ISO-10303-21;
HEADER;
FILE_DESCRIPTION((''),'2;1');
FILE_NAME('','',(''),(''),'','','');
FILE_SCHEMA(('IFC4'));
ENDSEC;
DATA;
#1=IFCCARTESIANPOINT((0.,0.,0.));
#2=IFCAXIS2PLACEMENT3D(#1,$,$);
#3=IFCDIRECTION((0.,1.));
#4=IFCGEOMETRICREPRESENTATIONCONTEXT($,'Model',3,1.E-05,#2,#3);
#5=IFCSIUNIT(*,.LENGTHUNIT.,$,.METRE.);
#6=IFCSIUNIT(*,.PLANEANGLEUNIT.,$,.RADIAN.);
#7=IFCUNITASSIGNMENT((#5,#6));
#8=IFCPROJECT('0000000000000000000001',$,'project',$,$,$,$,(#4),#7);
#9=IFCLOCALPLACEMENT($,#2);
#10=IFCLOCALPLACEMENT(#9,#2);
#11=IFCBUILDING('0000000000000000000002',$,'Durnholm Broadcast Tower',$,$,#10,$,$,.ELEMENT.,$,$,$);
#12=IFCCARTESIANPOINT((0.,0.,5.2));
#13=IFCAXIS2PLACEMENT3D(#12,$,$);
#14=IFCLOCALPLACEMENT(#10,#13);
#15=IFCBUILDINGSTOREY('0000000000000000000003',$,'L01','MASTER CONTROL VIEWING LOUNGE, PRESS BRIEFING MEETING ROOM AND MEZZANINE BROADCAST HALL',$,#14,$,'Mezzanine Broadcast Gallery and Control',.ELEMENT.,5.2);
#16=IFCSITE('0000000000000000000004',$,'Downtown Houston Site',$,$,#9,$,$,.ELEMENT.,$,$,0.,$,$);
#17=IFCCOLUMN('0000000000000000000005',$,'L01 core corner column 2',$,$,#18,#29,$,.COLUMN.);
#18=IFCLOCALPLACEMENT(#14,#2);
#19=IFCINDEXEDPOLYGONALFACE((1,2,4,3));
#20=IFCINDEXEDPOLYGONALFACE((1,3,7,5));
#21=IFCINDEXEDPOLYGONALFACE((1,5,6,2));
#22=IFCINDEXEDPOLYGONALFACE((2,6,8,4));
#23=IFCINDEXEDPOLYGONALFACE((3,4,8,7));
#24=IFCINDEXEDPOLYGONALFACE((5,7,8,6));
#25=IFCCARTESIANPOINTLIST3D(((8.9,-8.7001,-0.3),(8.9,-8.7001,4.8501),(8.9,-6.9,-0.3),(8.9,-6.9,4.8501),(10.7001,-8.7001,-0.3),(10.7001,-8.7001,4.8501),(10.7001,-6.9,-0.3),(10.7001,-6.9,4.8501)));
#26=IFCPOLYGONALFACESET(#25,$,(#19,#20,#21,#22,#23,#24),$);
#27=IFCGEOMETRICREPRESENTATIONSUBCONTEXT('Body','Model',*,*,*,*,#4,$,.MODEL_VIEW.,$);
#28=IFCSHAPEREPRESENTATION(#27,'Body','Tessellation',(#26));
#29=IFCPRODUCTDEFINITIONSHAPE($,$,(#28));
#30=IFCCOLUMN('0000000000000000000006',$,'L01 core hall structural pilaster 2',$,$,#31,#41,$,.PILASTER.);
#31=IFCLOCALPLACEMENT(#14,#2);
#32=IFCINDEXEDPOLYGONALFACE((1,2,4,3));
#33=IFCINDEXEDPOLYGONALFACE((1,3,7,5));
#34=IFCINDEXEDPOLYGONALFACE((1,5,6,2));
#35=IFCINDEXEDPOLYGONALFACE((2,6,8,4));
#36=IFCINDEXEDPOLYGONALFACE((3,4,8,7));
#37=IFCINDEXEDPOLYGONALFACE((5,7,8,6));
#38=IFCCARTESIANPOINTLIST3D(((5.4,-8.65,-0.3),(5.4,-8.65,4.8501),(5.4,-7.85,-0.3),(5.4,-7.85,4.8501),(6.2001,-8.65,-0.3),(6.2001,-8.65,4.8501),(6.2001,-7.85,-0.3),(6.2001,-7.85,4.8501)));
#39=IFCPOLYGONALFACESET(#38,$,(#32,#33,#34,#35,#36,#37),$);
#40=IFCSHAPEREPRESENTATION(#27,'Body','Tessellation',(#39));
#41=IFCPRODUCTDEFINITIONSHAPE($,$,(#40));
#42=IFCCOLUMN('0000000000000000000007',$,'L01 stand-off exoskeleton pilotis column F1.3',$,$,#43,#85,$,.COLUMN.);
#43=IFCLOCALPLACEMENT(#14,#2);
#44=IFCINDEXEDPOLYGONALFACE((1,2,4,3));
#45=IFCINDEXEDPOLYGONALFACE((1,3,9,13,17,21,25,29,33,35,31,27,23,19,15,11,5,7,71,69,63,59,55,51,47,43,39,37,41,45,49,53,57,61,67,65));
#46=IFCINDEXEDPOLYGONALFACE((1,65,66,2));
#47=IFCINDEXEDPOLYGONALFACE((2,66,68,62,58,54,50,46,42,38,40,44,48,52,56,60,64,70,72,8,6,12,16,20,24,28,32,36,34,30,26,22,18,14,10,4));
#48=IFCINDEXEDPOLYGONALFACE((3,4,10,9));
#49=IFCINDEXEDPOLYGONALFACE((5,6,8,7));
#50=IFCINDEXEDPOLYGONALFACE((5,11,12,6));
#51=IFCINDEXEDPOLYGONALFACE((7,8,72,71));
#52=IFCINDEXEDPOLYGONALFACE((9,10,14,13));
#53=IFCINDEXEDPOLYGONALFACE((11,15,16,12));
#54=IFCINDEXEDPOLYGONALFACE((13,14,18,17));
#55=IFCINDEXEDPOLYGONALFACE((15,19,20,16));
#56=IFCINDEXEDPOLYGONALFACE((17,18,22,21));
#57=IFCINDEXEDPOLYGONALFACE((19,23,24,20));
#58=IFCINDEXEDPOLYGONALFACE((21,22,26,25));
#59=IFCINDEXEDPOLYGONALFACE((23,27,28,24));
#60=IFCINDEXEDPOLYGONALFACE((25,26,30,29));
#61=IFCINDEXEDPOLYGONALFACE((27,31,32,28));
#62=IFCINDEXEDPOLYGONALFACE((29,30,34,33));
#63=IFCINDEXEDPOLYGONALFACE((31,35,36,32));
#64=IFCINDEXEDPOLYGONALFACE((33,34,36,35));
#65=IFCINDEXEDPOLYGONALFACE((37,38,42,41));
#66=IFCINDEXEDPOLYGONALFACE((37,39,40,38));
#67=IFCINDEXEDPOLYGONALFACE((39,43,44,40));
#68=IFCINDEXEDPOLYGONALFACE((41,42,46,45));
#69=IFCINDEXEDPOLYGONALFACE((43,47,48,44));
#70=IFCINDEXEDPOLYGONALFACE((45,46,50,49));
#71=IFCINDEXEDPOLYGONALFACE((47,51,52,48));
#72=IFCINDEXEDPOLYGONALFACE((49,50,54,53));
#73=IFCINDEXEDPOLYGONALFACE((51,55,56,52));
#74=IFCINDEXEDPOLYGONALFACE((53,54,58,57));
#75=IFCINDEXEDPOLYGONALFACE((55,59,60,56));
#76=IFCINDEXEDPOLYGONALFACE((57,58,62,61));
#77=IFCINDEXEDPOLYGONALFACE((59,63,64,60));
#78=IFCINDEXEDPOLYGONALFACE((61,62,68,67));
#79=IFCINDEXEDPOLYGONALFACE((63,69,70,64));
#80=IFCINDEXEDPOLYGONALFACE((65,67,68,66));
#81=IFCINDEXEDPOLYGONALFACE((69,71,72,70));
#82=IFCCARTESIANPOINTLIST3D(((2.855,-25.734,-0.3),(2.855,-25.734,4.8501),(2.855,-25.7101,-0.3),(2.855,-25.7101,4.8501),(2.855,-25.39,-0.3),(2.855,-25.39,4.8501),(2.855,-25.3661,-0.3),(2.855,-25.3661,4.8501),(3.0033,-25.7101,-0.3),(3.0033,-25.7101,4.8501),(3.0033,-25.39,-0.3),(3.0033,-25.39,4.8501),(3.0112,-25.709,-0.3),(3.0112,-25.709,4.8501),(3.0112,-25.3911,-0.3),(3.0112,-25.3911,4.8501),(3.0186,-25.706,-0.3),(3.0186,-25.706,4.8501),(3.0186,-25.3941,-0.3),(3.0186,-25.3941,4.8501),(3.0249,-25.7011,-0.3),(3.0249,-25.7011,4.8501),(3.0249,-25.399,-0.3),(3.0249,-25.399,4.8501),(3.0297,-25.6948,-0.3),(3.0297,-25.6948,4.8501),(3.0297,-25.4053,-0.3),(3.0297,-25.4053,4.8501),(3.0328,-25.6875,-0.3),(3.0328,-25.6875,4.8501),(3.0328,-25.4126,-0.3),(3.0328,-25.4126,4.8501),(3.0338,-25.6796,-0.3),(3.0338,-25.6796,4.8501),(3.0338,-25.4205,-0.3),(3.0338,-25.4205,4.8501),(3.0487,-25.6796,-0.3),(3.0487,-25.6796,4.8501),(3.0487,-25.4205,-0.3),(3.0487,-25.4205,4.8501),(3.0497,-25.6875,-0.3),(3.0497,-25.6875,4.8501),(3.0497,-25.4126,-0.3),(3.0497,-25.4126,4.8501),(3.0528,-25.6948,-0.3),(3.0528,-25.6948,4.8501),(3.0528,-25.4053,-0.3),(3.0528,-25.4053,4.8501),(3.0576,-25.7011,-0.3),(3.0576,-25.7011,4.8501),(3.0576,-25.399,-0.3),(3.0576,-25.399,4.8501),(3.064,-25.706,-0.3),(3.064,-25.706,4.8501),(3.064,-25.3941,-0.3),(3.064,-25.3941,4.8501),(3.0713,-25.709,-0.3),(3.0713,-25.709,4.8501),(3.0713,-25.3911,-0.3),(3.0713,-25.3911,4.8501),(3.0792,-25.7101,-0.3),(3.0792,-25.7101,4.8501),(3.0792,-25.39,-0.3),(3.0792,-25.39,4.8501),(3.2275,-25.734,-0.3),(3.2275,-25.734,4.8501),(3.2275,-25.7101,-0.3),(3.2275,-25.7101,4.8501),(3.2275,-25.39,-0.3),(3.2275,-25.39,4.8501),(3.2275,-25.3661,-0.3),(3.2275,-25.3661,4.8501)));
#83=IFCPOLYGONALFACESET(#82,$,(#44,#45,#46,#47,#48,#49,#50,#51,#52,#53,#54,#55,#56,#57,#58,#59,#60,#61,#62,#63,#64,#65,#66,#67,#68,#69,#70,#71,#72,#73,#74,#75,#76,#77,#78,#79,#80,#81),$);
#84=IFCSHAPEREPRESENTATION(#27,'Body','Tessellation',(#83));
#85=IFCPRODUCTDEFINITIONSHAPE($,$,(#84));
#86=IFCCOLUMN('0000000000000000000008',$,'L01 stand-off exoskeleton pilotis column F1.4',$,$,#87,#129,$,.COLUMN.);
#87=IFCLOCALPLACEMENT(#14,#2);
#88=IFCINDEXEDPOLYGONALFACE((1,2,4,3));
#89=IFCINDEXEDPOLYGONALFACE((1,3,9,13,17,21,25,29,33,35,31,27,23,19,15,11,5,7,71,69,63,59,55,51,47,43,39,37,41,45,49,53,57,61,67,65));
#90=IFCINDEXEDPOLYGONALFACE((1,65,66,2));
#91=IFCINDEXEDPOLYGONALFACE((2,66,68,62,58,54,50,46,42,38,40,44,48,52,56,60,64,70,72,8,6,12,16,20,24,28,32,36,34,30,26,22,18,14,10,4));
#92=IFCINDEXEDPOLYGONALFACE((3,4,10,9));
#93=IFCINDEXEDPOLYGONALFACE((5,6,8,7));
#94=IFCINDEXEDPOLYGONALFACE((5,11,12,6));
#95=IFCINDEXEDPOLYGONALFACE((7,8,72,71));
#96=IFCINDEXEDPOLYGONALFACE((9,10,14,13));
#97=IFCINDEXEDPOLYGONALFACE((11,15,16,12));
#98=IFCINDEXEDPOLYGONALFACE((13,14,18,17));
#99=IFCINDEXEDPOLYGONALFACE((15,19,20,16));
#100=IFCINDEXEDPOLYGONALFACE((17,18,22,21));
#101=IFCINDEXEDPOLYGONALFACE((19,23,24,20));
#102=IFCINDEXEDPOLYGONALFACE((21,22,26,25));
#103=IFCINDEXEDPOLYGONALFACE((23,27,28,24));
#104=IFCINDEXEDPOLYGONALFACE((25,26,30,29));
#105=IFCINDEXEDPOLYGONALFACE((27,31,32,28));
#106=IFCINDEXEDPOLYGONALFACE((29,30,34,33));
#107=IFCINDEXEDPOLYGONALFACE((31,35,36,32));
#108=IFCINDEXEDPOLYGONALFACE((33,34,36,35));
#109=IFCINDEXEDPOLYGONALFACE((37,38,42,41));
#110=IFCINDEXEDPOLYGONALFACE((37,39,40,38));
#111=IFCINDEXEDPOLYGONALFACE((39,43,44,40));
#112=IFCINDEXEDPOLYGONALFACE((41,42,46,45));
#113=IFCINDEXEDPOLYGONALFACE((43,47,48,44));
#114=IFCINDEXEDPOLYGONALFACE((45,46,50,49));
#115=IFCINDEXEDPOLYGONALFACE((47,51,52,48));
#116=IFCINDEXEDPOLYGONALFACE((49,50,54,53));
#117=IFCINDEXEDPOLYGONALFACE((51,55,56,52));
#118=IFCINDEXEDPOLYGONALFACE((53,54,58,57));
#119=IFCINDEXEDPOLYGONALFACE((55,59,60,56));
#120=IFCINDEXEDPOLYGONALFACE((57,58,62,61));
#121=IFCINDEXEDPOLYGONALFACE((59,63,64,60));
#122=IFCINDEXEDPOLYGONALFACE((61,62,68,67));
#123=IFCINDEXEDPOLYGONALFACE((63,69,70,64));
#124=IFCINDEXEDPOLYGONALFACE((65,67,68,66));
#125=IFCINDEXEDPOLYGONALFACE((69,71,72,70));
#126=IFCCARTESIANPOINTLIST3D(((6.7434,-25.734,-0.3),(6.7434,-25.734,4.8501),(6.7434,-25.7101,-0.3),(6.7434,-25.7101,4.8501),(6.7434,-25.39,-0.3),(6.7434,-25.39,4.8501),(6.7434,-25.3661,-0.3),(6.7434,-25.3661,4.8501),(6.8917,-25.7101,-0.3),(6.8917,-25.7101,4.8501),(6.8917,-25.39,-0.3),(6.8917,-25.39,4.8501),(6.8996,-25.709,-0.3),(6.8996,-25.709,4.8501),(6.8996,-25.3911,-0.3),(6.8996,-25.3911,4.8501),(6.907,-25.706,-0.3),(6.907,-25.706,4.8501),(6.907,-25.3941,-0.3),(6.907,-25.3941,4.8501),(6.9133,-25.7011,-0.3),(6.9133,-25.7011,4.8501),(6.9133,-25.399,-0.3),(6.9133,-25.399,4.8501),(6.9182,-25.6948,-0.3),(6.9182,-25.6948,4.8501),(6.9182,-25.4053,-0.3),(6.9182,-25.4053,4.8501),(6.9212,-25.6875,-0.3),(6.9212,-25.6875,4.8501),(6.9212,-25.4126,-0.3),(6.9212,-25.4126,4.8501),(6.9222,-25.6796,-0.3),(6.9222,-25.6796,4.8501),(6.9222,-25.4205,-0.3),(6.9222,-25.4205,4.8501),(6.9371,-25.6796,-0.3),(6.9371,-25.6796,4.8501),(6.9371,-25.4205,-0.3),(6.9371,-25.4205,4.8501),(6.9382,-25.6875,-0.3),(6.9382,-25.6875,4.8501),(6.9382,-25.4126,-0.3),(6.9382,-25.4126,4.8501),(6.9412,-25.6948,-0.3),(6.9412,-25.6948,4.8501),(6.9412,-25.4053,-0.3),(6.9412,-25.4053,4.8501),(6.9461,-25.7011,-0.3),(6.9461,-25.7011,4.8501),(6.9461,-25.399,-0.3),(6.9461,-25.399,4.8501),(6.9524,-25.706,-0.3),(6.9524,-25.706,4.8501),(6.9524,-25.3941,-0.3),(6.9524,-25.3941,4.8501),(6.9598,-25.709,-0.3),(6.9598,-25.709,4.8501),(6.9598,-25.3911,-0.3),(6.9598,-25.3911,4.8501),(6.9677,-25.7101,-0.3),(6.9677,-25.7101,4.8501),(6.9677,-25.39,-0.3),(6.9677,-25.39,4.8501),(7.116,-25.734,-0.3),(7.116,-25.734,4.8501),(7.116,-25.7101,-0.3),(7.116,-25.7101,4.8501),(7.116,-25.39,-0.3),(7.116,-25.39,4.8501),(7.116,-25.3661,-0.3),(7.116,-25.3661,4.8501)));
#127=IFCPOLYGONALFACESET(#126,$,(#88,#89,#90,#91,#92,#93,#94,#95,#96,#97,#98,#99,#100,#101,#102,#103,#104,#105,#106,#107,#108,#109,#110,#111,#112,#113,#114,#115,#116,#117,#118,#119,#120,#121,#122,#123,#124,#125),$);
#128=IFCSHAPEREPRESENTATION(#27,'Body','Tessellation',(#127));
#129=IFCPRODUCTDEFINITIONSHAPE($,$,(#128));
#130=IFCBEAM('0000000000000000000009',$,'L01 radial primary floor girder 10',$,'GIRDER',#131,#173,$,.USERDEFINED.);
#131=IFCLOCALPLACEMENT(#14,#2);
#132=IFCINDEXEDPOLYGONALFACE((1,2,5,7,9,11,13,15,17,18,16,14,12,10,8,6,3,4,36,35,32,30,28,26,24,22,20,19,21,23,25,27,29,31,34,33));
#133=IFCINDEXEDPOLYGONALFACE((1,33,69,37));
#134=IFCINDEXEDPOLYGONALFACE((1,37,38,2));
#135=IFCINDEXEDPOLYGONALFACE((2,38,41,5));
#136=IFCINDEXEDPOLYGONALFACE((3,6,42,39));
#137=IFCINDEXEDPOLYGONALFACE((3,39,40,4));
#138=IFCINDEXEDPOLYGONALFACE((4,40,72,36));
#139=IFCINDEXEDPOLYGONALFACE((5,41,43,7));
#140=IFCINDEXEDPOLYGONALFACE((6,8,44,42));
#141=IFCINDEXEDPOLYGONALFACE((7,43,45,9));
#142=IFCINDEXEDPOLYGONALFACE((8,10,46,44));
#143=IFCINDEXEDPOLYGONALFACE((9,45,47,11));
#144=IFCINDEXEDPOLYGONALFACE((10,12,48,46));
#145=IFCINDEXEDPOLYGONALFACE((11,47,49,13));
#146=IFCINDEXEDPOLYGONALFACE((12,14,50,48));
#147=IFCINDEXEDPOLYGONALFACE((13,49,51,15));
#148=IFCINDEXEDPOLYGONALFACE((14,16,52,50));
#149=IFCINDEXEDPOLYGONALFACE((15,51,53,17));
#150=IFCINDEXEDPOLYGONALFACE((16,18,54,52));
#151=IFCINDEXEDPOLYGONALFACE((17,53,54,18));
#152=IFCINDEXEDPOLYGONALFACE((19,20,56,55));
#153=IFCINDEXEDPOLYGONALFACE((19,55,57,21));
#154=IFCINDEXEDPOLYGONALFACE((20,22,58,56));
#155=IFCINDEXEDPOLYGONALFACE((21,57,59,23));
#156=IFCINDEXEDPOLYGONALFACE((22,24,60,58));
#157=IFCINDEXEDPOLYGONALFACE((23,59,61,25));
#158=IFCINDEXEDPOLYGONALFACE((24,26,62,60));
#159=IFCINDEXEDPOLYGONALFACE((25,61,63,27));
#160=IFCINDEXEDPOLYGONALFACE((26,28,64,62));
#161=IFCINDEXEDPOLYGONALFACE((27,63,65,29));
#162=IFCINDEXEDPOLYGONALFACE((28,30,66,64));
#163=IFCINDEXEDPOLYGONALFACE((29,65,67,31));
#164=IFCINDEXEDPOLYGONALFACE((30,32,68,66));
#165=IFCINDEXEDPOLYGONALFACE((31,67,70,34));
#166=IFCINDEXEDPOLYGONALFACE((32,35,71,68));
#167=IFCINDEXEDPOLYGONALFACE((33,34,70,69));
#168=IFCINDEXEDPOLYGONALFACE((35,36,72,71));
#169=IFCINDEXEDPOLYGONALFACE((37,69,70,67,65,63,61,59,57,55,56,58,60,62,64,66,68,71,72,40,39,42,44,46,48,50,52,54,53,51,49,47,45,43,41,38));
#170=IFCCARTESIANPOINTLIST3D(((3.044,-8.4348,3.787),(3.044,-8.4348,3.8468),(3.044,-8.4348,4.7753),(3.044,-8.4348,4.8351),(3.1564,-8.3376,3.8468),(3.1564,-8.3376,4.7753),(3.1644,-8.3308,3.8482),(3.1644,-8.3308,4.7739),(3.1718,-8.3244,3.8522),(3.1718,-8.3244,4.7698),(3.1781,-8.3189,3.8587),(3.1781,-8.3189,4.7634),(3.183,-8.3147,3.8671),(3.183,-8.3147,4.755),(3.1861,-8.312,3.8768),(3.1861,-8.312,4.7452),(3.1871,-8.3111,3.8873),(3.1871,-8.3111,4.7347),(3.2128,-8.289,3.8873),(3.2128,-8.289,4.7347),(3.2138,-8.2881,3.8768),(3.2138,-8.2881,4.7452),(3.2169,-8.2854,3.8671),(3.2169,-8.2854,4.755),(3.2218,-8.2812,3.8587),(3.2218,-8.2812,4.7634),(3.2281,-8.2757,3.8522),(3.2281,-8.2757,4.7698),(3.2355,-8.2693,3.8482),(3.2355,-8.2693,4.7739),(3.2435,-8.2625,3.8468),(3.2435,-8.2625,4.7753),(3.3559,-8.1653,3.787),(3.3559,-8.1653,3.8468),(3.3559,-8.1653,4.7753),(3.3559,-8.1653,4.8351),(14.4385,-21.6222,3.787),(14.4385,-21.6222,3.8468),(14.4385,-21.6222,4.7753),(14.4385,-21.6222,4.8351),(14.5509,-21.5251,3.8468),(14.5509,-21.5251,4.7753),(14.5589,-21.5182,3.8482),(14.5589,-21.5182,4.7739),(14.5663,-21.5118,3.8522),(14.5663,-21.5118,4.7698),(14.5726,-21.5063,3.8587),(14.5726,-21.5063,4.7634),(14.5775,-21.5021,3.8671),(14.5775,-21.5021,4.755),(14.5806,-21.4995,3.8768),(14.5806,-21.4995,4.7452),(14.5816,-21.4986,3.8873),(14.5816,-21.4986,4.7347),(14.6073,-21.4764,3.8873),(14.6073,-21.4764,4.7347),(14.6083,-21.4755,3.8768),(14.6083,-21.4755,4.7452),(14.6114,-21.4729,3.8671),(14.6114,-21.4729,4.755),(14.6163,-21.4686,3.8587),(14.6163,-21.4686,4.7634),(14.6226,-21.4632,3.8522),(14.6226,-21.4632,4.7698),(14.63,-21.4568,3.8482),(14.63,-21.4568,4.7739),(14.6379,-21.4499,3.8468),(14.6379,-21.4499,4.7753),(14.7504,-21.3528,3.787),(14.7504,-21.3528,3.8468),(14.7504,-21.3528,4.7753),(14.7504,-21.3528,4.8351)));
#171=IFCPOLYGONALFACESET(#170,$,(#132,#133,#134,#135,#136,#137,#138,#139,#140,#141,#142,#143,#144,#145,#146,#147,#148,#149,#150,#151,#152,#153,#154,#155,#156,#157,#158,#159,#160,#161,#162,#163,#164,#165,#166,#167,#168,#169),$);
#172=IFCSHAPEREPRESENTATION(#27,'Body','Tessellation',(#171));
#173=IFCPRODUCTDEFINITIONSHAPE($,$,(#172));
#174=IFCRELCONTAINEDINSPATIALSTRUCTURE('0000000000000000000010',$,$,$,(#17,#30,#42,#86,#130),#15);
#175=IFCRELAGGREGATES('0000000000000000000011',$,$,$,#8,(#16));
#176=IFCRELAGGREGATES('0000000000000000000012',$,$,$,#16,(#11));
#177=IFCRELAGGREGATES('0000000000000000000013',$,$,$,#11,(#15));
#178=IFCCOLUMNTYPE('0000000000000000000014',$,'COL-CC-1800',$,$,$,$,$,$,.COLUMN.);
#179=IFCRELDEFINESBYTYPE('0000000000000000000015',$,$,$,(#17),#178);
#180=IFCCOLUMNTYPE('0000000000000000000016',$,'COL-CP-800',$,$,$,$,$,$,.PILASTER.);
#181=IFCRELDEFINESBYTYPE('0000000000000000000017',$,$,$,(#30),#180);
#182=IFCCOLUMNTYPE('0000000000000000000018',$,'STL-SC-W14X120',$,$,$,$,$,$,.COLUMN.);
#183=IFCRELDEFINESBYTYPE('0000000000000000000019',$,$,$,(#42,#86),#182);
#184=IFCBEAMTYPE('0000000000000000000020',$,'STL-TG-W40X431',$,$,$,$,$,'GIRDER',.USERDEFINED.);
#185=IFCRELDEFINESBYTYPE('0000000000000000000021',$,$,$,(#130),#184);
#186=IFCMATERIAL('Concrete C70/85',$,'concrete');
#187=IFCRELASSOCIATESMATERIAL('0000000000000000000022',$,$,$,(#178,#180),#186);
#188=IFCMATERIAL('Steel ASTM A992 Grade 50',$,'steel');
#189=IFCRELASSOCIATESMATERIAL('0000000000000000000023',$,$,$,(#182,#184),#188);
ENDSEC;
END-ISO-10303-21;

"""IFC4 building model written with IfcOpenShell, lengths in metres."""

from ifc_helpers import new_model, si_unit, direction, frame, origin, origin_2d, place, context, subcontext, project, spatial, rectangle, i_section, extrude, source, transform, mapped, material, material_profile, profile_set, type_object, type_shapes, element, save


model = new_model("IFC4")

# Units and contexts
model_context = context("Model", 3, precision=1e-05, world=origin(), true_north=direction((0.0, 1.0)))
body_context = subcontext(model_context, "Body", "Model", "MODEL_VIEW")
ifc_project = project(units=[si_unit("LENGTHUNIT", "METRE"), si_unit("PLANEANGLEUNIT", "RADIAN")], contexts=[model_context])

# Site, building, storey
site_placement = place(None, origin())
site = spatial("IfcSite", under=ifc_project, at=site_placement, Name="Downtown Houston Site", CompositionType="ELEMENT", RefElevation=0.0)
building_placement = place(site_placement, origin())
building = spatial("IfcBuilding", under=site, at=building_placement, Name="Durnholm Broadcast Tower", CompositionType="ELEMENT")
storey_placement = place(building_placement, frame((0.0, 0.0, 5.2)))
storey = spatial("IfcBuildingStorey", under=building, at=storey_placement, Name="L01", Description="MASTER CONTROL VIEWING LOUNGE, PRESS BRIEFING MEETING ROOM AND MEZZANINE BROADCAST HALL", LongName="Mezzanine Broadcast Gallery and Control", CompositionType="ELEMENT", Elevation=5.2)

# Columns
ifc_material_1 = material(Name="Concrete C70/85", Category="concrete")
ifc_material_profile_1 = material_profile(ifc_material_1, rectangle(XDim=1.8, YDim=1.8, at=origin_2d()), Name="RC1800X1800")
ifc_profile_set_1 = profile_set([ifc_material_profile_1], Name="Concrete C70/85")
column_type_1 = type_object("IfcColumnType", Name="COL-CC-1800", PredefinedType="COLUMN", material=ifc_profile_set_1)
shared_shape_1 = source(origin(), body_context, "Body", "SweptSolid", [
    extrude(rectangle(XDim=1.8, YDim=1.8, at=origin_2d()), origin(), (0.0, 0.0, 1.0), 5.1501),
])
type_shapes(column_type_1, [shared_shape_1])
column_1_placement = place(storey_placement, frame((9.8, -7.8, -0.3), z_axis=(0.0, 0.0, 1.0), x_axis=(1.0, 0.0, 0.0)))
element("IfcColumn", 1, at=column_1_placement, inside=storey, type_object=column_type_1, Name="L01 core corner column 2", PredefinedType="COLUMN", context=body_context, shape_type="MappedRepresentation", body=[
    mapped(shared_shape_1, transform((0.0, 0.0, 0.0), x_axis=(1.0, 0.0, 0.0), y_axis=(0.0, 1.0, 0.0), z_axis=(0.0, 0.0, 1.0), scale=1.0)),
])
ifc_material_profile_2 = material_profile(ifc_material_1, rectangle(XDim=0.8, YDim=0.8, at=origin_2d()), Name="RC800X800")
ifc_profile_set_2 = profile_set([ifc_material_profile_2], Name="Concrete C70/85")
column_type_2 = type_object("IfcColumnType", Name="COL-CP-800", PredefinedType="PILASTER", material=ifc_profile_set_2)
shared_shape_2 = source(origin(), body_context, "Body", "SweptSolid", [
    extrude(rectangle(XDim=0.8, YDim=0.8, at=origin_2d()), origin(), (0.0, 0.0, 1.0), 5.1501),
])
type_shapes(column_type_2, [shared_shape_2])
column_2_placement = place(storey_placement, frame((5.8, -8.25, -0.3), z_axis=(0.0, 0.0, 1.0), x_axis=(1.0, 0.0, 0.0)))
element("IfcColumn", 2, at=column_2_placement, inside=storey, type_object=column_type_2, Name="L01 core hall structural pilaster 2", PredefinedType="PILASTER", context=body_context, shape_type="MappedRepresentation", body=[
    mapped(shared_shape_2, transform((0.0, 0.0, 0.0), x_axis=(1.0, 0.0, 0.0), y_axis=(0.0, 1.0, 0.0), z_axis=(0.0, 0.0, 1.0), scale=1.0)),
])
ifc_material_2 = material(Name="Steel ASTM A992 Grade 50", Category="steel")
ifc_material_profile_3 = material_profile(ifc_material_2, i_section(OverallWidth=0.3726, OverallDepth=0.3679, WebThickness=0.0149, FlangeThickness=0.0239, FilletRadius=0.0305, at=origin_2d()), Name="W14X120")
ifc_profile_set_3 = profile_set([ifc_material_profile_3], Name="Steel ASTM A992 Grade 50")
column_type_3 = type_object("IfcColumnType", Name="STL-SC-W14X120", PredefinedType="COLUMN", material=ifc_profile_set_3)
shared_shape_3 = source(origin(), body_context, "Body", "SweptSolid", [
    extrude(i_section(OverallWidth=0.3726, OverallDepth=0.3679, WebThickness=0.0149, FlangeThickness=0.0239, FilletRadius=0.0305, at=origin_2d()), origin(), (0.0, 0.0, 1.0), 5.1501),
])
type_shapes(column_type_3, [shared_shape_3])
for number, where, z_axis, x_axis, name in (
    (3, (3.0413, -25.55, -0.3), (0.0, 0.0, 1.0), (1.0, 0.0, 0.0), "L01 stand-off exoskeleton pilotis column F1.3"),
    (4, (6.9297, -25.55, -0.3), (0.0, 0.0, 1.0), (1.0, 0.0, 0.0), "L01 stand-off exoskeleton pilotis column F1.4"),
):
    element("IfcColumn", number, at=place(storey_placement, frame(where, z_axis=z_axis, x_axis=x_axis)), inside=storey, type_object=column_type_3, Name=name, PredefinedType="COLUMN", context=body_context, shape_type="MappedRepresentation", body=[
        mapped(shared_shape_3, transform((0.0, 0.0, 0.0), x_axis=(1.0, 0.0, 0.0), y_axis=(0.0, 1.0, 0.0), z_axis=(0.0, 0.0, 1.0), scale=1.0)),
    ])

# Beam
ifc_material_profile_4 = material_profile(ifc_material_2, i_section(OverallWidth=0.4121, OverallDepth=1.0481, WebThickness=0.0339, FlangeThickness=0.0598, FilletRadius=0.0405, at=origin_2d()), Name="W40X431")
ifc_profile_set_4 = profile_set([ifc_material_profile_4], Name="Steel ASTM A992 Grade 50")
beam_type = type_object("IfcBeamType", Name="STL-TG-W40X431", ElementType="GIRDER", PredefinedType="USERDEFINED", material=ifc_profile_set_4)
shared_shape_4 = source(origin(), body_context, "Body", "SweptSolid", [
    extrude(i_section(OverallWidth=0.4121, OverallDepth=1.0481, WebThickness=0.0339, FlangeThickness=0.0598, FilletRadius=0.0405, at=origin_2d()), origin(), (0.0, 0.0, 1.0), 17.4282),
])
beam_1_placement = place(storey_placement, frame((3.2, -8.3, 4.311), z_axis=(0.653795, -0.756672, 0.0), x_axis=(0.756672, 0.653795, 0.0)))
element("IfcBeam", 5, at=beam_1_placement, inside=storey, type_object=beam_type, Name="L01 radial primary floor girder 10", ObjectType="GIRDER", PredefinedType="USERDEFINED", context=body_context, shape_type="MappedRepresentation", body=[
    mapped(shared_shape_4, transform((0.0, 0.0, 0.0), x_axis=(1.0, 0.0, 0.0), y_axis=(0.0, 1.0, 0.0), z_axis=(0.0, 0.0, 1.0), scale=1.0)),
])

save(model, "model.ifc")
